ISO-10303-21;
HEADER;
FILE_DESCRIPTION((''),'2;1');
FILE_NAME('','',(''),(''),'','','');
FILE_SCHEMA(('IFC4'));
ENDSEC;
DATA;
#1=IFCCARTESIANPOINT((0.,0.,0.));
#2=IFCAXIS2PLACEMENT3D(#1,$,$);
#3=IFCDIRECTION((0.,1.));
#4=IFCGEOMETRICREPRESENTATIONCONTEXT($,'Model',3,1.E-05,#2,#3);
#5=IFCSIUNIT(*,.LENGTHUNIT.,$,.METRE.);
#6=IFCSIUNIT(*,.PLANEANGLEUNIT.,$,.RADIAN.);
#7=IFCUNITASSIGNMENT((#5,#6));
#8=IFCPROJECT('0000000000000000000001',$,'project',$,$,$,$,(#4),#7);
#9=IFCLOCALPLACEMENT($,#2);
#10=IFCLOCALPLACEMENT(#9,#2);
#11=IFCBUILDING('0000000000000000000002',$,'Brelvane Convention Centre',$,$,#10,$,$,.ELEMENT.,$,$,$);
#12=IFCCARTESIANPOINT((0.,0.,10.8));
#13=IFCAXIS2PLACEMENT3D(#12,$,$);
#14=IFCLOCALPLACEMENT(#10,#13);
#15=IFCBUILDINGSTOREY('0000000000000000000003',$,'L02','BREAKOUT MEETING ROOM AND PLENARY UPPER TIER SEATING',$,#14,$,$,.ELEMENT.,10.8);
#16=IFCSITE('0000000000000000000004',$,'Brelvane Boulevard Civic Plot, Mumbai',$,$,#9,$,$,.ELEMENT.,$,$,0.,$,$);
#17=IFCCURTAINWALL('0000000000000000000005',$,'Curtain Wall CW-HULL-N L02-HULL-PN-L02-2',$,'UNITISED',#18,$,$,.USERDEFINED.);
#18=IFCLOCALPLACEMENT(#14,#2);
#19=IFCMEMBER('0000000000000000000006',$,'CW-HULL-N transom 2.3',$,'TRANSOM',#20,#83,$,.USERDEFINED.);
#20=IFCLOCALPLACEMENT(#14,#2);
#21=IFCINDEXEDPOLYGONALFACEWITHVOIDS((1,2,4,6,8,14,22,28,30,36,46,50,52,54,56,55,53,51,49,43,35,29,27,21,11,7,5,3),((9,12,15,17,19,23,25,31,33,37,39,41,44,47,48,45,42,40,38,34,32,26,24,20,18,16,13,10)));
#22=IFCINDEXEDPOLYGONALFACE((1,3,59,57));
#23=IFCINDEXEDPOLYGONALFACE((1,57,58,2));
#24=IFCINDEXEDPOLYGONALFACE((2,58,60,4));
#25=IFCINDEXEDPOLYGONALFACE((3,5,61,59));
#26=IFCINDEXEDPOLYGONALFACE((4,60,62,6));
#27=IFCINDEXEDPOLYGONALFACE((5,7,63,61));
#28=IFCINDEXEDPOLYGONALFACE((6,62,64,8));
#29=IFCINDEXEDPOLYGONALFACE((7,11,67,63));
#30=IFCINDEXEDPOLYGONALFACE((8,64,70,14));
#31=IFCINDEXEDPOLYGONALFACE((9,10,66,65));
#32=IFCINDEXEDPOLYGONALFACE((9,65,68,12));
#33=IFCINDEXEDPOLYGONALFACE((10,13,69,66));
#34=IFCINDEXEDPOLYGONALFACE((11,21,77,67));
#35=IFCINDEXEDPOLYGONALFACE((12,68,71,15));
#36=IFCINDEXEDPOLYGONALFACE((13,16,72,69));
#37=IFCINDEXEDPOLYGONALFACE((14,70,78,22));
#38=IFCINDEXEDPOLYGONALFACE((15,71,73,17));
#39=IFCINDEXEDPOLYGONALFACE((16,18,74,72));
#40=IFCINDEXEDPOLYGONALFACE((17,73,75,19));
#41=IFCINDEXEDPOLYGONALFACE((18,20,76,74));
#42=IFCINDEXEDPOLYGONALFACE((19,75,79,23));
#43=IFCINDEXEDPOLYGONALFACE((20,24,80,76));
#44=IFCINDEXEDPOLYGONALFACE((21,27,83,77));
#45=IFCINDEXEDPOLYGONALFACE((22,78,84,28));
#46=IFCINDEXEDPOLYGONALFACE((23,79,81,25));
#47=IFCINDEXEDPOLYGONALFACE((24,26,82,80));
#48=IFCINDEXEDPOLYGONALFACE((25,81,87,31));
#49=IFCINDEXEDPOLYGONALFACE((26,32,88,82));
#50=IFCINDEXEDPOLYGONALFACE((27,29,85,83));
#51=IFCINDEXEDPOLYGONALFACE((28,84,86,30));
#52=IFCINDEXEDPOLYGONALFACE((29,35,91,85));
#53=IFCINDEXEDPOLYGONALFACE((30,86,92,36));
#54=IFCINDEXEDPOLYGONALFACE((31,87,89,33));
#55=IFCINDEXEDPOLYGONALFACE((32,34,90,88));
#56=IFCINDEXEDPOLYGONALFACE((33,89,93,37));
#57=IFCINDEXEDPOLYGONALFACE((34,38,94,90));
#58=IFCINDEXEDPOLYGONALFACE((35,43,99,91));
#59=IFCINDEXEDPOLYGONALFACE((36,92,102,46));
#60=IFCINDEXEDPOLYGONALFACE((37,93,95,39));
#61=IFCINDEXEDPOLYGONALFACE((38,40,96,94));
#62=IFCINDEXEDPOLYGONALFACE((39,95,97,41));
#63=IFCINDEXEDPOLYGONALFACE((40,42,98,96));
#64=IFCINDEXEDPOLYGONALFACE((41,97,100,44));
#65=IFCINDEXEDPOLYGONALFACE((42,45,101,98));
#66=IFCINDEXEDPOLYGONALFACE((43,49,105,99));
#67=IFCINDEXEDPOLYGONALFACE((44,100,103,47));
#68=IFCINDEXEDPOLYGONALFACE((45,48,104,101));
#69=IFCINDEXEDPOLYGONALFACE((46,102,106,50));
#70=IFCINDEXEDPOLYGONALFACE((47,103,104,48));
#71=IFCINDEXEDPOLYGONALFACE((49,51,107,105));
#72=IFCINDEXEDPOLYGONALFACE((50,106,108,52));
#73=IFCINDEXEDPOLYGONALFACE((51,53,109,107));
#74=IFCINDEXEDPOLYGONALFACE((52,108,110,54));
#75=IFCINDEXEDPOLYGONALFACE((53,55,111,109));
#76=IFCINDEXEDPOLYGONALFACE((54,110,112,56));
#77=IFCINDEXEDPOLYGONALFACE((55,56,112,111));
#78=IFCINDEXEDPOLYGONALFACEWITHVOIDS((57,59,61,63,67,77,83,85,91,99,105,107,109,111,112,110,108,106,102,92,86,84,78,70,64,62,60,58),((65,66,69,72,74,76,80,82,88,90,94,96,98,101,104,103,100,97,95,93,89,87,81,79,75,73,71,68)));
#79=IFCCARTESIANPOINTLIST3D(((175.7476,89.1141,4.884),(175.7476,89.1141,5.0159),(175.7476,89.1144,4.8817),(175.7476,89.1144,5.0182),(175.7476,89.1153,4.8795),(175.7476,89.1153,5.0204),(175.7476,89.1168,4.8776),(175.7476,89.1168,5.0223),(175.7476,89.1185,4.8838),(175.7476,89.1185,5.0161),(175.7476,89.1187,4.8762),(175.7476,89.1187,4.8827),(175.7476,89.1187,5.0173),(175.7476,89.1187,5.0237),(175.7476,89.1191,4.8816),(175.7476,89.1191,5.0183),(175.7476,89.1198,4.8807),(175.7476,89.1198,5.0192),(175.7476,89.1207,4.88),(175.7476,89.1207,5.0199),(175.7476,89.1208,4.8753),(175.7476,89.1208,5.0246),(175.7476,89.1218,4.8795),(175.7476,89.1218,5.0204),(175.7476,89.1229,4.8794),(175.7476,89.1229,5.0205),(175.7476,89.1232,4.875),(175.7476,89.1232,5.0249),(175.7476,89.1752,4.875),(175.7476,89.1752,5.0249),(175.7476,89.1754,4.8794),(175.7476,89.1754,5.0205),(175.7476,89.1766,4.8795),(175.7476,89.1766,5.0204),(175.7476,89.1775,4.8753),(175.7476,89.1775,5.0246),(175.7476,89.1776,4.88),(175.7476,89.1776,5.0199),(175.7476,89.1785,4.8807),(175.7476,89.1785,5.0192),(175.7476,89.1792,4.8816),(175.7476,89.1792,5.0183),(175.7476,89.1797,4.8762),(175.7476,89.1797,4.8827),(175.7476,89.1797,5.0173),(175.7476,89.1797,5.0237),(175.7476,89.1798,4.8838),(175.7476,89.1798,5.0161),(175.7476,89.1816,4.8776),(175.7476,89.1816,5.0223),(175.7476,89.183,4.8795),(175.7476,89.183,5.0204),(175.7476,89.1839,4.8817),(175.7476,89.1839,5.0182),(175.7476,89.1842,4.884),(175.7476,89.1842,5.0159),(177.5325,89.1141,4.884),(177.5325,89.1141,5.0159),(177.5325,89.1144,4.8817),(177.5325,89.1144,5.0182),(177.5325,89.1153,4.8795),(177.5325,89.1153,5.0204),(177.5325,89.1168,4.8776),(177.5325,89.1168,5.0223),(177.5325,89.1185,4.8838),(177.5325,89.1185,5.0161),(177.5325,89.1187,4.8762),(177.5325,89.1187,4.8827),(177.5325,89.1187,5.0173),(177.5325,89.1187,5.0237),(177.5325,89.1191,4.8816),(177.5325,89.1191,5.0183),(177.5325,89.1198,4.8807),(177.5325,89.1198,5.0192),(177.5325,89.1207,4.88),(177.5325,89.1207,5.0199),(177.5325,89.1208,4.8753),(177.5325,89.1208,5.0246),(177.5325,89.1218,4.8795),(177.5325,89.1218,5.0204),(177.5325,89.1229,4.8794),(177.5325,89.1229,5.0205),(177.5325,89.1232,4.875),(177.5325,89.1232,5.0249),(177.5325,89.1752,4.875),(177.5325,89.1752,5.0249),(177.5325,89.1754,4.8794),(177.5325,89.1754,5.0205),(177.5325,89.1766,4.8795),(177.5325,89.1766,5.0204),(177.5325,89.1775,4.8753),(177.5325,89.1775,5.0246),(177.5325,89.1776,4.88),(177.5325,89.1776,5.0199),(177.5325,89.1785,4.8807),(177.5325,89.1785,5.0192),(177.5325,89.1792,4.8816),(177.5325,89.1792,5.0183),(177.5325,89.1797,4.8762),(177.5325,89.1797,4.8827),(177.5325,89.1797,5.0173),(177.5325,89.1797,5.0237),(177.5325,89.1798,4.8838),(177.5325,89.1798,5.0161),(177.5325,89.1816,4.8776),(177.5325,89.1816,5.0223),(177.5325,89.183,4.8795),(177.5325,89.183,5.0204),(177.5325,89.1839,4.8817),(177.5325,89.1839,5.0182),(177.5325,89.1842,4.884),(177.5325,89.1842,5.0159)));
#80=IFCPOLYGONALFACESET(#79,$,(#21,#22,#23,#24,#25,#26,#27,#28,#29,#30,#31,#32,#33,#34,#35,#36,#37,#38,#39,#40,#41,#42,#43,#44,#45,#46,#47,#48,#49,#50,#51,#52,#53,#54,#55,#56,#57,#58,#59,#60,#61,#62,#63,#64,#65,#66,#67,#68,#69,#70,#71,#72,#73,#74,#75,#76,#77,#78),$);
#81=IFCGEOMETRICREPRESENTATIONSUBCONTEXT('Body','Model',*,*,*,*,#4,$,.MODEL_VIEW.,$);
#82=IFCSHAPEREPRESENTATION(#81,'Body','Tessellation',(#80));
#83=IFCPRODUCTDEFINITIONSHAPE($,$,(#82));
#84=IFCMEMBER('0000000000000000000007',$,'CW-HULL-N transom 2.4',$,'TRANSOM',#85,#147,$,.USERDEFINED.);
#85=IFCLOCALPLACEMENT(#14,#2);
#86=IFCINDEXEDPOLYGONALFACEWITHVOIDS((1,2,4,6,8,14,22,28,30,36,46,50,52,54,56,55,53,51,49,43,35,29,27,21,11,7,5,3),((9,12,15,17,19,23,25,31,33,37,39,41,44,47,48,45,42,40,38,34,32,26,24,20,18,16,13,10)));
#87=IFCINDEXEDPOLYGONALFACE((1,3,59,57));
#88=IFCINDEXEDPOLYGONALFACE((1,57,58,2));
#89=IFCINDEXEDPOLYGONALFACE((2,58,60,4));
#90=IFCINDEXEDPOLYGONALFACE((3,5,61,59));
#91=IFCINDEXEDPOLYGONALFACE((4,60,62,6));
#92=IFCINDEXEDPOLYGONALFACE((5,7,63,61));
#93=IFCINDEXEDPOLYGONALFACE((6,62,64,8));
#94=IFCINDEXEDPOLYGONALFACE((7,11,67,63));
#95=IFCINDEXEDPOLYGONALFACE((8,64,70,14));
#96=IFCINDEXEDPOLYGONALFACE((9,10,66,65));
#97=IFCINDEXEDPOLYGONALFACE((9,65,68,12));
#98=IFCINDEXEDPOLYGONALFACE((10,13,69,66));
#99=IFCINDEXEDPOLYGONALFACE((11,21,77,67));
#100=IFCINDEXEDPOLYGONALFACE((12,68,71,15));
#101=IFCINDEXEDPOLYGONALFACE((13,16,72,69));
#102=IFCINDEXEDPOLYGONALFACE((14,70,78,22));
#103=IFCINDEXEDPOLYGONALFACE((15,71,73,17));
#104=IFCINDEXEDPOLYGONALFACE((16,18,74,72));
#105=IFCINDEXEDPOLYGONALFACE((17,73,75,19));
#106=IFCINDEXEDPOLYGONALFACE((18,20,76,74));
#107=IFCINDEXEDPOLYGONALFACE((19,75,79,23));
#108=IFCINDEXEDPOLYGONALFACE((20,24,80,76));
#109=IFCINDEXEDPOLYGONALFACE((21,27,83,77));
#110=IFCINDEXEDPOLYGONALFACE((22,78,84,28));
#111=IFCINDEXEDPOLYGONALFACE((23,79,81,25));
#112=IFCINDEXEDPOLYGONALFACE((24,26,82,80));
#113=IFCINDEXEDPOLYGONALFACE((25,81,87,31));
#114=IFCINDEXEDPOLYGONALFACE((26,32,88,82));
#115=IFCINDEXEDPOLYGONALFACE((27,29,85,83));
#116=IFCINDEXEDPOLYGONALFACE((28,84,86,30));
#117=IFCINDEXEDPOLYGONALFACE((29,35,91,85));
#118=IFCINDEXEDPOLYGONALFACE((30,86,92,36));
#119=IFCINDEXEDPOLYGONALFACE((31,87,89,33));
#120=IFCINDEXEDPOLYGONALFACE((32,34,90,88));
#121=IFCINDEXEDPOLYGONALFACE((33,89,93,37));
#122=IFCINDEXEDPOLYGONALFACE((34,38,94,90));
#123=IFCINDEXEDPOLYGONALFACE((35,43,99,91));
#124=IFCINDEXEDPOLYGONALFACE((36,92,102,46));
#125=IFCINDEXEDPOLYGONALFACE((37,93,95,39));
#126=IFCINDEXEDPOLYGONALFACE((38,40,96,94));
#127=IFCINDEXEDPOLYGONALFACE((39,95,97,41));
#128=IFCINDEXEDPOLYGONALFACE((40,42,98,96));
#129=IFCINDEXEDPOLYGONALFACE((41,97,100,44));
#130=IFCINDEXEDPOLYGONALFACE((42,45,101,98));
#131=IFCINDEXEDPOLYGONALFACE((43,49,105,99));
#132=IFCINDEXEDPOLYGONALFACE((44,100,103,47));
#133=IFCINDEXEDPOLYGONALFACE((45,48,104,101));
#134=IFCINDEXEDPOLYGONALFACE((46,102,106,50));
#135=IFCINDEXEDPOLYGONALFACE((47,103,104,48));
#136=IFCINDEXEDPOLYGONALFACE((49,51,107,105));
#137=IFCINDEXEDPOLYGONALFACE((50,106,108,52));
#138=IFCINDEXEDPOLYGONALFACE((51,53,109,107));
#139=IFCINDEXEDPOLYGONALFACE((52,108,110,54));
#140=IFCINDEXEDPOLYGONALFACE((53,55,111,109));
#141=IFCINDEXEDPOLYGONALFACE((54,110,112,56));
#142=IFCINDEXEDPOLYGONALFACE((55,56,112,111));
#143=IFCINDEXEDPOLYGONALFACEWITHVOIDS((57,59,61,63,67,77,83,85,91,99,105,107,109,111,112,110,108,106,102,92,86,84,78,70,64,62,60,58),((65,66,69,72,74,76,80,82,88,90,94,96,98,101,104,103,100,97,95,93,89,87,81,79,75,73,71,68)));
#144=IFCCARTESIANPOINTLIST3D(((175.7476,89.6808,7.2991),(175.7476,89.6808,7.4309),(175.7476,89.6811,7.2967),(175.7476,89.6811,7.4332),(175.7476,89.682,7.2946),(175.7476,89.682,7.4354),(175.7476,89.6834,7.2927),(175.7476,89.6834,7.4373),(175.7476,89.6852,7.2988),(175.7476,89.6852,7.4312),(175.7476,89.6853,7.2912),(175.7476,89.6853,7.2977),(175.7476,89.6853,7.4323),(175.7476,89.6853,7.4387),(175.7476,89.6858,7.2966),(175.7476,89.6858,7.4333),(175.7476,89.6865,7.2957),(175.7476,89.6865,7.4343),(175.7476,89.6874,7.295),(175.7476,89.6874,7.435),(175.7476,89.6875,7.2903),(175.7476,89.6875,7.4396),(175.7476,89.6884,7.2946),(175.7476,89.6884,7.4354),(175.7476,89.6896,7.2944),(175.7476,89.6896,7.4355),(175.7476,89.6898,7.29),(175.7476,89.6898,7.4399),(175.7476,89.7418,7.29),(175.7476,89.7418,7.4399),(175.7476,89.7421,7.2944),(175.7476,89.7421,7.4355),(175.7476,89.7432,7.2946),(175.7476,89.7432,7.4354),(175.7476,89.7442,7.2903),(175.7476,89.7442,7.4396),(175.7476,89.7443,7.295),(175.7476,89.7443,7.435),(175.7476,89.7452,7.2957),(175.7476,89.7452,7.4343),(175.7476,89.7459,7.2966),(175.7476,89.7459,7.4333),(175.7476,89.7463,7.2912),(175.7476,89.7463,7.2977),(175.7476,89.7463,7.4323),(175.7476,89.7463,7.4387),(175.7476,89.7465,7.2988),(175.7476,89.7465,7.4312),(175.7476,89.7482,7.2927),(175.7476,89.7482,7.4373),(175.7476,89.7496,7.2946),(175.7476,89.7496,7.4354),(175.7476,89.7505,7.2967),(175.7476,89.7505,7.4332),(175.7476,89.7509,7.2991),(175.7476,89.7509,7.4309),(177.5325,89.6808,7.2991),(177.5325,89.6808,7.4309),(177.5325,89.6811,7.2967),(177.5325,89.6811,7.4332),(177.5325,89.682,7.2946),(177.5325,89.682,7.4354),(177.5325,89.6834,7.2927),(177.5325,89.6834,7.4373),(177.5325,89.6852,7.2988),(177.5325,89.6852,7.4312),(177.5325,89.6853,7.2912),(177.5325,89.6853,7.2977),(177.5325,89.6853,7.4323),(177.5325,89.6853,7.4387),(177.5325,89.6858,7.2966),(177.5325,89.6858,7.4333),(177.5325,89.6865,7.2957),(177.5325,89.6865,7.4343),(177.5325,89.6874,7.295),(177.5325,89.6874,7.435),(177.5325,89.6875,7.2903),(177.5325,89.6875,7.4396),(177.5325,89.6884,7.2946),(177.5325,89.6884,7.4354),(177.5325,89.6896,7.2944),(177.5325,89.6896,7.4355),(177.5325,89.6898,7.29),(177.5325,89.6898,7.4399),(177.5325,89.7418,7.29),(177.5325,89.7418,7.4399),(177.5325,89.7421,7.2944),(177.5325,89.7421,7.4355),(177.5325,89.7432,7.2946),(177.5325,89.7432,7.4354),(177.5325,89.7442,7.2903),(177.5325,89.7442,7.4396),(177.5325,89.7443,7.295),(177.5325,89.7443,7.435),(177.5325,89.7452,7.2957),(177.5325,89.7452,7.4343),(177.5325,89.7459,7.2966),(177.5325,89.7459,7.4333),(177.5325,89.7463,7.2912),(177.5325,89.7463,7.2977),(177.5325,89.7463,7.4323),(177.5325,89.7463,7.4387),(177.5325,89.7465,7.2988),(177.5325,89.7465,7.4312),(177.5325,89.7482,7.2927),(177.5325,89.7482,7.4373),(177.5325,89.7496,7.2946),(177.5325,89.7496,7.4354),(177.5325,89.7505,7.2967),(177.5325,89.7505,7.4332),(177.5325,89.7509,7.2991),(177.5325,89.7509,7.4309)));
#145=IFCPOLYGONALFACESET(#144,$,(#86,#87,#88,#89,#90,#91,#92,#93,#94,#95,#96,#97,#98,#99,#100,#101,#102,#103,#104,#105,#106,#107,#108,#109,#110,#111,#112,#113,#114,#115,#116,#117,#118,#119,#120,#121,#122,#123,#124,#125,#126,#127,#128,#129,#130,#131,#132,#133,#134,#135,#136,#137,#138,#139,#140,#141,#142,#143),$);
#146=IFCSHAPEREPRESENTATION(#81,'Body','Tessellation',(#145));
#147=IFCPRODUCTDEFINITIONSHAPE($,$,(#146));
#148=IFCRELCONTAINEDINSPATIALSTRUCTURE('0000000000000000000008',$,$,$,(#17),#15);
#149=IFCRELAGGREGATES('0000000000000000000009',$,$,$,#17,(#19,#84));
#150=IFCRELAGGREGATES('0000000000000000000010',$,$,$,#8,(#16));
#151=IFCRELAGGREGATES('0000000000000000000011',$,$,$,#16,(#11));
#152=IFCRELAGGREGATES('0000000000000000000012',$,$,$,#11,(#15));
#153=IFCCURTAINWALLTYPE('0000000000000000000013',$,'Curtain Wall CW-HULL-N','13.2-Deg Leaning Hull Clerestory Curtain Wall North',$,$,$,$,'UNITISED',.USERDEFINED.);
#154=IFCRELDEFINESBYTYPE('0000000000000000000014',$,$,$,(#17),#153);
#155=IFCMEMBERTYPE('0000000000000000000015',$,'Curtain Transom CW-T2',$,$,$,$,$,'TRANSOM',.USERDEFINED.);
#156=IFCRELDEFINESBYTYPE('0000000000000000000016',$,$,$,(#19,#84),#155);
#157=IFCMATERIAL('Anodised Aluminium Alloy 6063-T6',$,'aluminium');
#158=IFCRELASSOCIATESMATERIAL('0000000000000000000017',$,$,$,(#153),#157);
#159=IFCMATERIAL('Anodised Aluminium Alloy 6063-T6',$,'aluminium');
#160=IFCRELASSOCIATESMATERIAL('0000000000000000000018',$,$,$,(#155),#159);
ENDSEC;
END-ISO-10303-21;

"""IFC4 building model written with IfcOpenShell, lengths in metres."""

from ifc_helpers import new_model, si_unit, direction, frame, origin, origin_2d, place, context, subcontext, project, spatial, hollow_rectangle, extrude, material, material_profile, profile_set, type_object, element, aggregate, save


model = new_model("IFC4")

# Units and contexts
model_context = context("Model", 3, precision=1e-05, world=origin(), true_north=direction((0.0, 1.0)))
body_context = subcontext(model_context, "Body", "Model", "MODEL_VIEW")
ifc_project = project(units=[si_unit("LENGTHUNIT", "METRE"), si_unit("PLANEANGLEUNIT", "RADIAN")], contexts=[model_context])

# Site, building, storey
site_placement = place(None, origin())
site = spatial("IfcSite", under=ifc_project, at=site_placement, Name="Brelvane Boulevard Civic Plot, Mumbai", CompositionType="ELEMENT", RefElevation=0.0)
building_placement = place(site_placement, origin())
building = spatial("IfcBuilding", under=site, at=building_placement, Name="Brelvane Convention Centre", CompositionType="ELEMENT")
storey_placement = place(building_placement, frame((0.0, 0.0, 10.8)))
storey = spatial("IfcBuildingStorey", under=building, at=storey_placement, Name="L02", Description="BREAKOUT MEETING ROOM AND PLENARY UPPER TIER SEATING", CompositionType="ELEMENT", Elevation=10.8)

# Curtain wall, members
ifc_material_1 = material(Name="Anodised Aluminium Alloy 6063-T6", Category="aluminium")
curtain_wall_type = type_object("IfcCurtainWallType", Name="Curtain Wall CW-HULL-N", Description="13.2-Deg Leaning Hull Clerestory Curtain Wall North", ElementType="UNITISED", PredefinedType="USERDEFINED", material=ifc_material_1)
ifc_material_2 = material(Name="Anodised Aluminium Alloy 6063-T6", Category="aluminium")
ifc_material_profile = material_profile(ifc_material_2, hollow_rectangle(XDim=0.0701, YDim=0.1499, WallThickness=0.0044, InnerFilletRadius=0.0044, OuterFilletRadius=0.009, at=origin_2d()), Name="ALU-T 150x70x4.5")
ifc_profile_set = profile_set([ifc_material_profile], Name="Anodised Aluminium Alloy 6063-T6")
member_type = type_object("IfcMemberType", Name="Curtain Transom CW-T2", ElementType="TRANSOM", PredefinedType="USERDEFINED", material=ifc_profile_set)
curtain_wall_1_placement = place(storey_placement, origin())
curtain_wall_1 = element("IfcCurtainWall", 1, at=curtain_wall_1_placement, inside=storey, type_object=curtain_wall_type, Name="Curtain Wall CW-HULL-N L02-HULL-PN-L02-2", ObjectType="UNITISED", PredefinedType="USERDEFINED")
member_1_placement = place(storey_placement, frame((175.7476, 89.1492, 4.95), z_axis=(1.0, 0.0, 0.0), x_axis=(0.0, 1.0, 0.0)))
member_1 = element("IfcMember", 2, at=member_1_placement, type_object=member_type, Name="CW-HULL-N transom 2.3", ObjectType="TRANSOM", PredefinedType="USERDEFINED", context=body_context, shape_type="SweptSolid", body=[
    extrude(hollow_rectangle(XDim=0.0701, YDim=0.1499, WallThickness=0.0044, InnerFilletRadius=0.0044, OuterFilletRadius=0.009, at=origin_2d()), origin(), (0.0, 0.0, 1.0), 1.7849),
])
member_2_placement = place(storey_placement, frame((175.7476, 89.7158, 7.365), z_axis=(1.0, 0.0, 0.0), x_axis=(0.0, 1.0, 0.0)))
member_2 = element("IfcMember", 3, at=member_2_placement, type_object=member_type, Name="CW-HULL-N transom 2.4", ObjectType="TRANSOM", PredefinedType="USERDEFINED", context=body_context, shape_type="SweptSolid", body=[
    extrude(hollow_rectangle(XDim=0.0701, YDim=0.1499, WallThickness=0.0044, InnerFilletRadius=0.0044, OuterFilletRadius=0.009, at=origin_2d()), origin(), (0.0, 0.0, 1.0), 1.7849),
])

aggregate(curtain_wall_1, [member_1, member_2])

save(model, "model.ifc")
